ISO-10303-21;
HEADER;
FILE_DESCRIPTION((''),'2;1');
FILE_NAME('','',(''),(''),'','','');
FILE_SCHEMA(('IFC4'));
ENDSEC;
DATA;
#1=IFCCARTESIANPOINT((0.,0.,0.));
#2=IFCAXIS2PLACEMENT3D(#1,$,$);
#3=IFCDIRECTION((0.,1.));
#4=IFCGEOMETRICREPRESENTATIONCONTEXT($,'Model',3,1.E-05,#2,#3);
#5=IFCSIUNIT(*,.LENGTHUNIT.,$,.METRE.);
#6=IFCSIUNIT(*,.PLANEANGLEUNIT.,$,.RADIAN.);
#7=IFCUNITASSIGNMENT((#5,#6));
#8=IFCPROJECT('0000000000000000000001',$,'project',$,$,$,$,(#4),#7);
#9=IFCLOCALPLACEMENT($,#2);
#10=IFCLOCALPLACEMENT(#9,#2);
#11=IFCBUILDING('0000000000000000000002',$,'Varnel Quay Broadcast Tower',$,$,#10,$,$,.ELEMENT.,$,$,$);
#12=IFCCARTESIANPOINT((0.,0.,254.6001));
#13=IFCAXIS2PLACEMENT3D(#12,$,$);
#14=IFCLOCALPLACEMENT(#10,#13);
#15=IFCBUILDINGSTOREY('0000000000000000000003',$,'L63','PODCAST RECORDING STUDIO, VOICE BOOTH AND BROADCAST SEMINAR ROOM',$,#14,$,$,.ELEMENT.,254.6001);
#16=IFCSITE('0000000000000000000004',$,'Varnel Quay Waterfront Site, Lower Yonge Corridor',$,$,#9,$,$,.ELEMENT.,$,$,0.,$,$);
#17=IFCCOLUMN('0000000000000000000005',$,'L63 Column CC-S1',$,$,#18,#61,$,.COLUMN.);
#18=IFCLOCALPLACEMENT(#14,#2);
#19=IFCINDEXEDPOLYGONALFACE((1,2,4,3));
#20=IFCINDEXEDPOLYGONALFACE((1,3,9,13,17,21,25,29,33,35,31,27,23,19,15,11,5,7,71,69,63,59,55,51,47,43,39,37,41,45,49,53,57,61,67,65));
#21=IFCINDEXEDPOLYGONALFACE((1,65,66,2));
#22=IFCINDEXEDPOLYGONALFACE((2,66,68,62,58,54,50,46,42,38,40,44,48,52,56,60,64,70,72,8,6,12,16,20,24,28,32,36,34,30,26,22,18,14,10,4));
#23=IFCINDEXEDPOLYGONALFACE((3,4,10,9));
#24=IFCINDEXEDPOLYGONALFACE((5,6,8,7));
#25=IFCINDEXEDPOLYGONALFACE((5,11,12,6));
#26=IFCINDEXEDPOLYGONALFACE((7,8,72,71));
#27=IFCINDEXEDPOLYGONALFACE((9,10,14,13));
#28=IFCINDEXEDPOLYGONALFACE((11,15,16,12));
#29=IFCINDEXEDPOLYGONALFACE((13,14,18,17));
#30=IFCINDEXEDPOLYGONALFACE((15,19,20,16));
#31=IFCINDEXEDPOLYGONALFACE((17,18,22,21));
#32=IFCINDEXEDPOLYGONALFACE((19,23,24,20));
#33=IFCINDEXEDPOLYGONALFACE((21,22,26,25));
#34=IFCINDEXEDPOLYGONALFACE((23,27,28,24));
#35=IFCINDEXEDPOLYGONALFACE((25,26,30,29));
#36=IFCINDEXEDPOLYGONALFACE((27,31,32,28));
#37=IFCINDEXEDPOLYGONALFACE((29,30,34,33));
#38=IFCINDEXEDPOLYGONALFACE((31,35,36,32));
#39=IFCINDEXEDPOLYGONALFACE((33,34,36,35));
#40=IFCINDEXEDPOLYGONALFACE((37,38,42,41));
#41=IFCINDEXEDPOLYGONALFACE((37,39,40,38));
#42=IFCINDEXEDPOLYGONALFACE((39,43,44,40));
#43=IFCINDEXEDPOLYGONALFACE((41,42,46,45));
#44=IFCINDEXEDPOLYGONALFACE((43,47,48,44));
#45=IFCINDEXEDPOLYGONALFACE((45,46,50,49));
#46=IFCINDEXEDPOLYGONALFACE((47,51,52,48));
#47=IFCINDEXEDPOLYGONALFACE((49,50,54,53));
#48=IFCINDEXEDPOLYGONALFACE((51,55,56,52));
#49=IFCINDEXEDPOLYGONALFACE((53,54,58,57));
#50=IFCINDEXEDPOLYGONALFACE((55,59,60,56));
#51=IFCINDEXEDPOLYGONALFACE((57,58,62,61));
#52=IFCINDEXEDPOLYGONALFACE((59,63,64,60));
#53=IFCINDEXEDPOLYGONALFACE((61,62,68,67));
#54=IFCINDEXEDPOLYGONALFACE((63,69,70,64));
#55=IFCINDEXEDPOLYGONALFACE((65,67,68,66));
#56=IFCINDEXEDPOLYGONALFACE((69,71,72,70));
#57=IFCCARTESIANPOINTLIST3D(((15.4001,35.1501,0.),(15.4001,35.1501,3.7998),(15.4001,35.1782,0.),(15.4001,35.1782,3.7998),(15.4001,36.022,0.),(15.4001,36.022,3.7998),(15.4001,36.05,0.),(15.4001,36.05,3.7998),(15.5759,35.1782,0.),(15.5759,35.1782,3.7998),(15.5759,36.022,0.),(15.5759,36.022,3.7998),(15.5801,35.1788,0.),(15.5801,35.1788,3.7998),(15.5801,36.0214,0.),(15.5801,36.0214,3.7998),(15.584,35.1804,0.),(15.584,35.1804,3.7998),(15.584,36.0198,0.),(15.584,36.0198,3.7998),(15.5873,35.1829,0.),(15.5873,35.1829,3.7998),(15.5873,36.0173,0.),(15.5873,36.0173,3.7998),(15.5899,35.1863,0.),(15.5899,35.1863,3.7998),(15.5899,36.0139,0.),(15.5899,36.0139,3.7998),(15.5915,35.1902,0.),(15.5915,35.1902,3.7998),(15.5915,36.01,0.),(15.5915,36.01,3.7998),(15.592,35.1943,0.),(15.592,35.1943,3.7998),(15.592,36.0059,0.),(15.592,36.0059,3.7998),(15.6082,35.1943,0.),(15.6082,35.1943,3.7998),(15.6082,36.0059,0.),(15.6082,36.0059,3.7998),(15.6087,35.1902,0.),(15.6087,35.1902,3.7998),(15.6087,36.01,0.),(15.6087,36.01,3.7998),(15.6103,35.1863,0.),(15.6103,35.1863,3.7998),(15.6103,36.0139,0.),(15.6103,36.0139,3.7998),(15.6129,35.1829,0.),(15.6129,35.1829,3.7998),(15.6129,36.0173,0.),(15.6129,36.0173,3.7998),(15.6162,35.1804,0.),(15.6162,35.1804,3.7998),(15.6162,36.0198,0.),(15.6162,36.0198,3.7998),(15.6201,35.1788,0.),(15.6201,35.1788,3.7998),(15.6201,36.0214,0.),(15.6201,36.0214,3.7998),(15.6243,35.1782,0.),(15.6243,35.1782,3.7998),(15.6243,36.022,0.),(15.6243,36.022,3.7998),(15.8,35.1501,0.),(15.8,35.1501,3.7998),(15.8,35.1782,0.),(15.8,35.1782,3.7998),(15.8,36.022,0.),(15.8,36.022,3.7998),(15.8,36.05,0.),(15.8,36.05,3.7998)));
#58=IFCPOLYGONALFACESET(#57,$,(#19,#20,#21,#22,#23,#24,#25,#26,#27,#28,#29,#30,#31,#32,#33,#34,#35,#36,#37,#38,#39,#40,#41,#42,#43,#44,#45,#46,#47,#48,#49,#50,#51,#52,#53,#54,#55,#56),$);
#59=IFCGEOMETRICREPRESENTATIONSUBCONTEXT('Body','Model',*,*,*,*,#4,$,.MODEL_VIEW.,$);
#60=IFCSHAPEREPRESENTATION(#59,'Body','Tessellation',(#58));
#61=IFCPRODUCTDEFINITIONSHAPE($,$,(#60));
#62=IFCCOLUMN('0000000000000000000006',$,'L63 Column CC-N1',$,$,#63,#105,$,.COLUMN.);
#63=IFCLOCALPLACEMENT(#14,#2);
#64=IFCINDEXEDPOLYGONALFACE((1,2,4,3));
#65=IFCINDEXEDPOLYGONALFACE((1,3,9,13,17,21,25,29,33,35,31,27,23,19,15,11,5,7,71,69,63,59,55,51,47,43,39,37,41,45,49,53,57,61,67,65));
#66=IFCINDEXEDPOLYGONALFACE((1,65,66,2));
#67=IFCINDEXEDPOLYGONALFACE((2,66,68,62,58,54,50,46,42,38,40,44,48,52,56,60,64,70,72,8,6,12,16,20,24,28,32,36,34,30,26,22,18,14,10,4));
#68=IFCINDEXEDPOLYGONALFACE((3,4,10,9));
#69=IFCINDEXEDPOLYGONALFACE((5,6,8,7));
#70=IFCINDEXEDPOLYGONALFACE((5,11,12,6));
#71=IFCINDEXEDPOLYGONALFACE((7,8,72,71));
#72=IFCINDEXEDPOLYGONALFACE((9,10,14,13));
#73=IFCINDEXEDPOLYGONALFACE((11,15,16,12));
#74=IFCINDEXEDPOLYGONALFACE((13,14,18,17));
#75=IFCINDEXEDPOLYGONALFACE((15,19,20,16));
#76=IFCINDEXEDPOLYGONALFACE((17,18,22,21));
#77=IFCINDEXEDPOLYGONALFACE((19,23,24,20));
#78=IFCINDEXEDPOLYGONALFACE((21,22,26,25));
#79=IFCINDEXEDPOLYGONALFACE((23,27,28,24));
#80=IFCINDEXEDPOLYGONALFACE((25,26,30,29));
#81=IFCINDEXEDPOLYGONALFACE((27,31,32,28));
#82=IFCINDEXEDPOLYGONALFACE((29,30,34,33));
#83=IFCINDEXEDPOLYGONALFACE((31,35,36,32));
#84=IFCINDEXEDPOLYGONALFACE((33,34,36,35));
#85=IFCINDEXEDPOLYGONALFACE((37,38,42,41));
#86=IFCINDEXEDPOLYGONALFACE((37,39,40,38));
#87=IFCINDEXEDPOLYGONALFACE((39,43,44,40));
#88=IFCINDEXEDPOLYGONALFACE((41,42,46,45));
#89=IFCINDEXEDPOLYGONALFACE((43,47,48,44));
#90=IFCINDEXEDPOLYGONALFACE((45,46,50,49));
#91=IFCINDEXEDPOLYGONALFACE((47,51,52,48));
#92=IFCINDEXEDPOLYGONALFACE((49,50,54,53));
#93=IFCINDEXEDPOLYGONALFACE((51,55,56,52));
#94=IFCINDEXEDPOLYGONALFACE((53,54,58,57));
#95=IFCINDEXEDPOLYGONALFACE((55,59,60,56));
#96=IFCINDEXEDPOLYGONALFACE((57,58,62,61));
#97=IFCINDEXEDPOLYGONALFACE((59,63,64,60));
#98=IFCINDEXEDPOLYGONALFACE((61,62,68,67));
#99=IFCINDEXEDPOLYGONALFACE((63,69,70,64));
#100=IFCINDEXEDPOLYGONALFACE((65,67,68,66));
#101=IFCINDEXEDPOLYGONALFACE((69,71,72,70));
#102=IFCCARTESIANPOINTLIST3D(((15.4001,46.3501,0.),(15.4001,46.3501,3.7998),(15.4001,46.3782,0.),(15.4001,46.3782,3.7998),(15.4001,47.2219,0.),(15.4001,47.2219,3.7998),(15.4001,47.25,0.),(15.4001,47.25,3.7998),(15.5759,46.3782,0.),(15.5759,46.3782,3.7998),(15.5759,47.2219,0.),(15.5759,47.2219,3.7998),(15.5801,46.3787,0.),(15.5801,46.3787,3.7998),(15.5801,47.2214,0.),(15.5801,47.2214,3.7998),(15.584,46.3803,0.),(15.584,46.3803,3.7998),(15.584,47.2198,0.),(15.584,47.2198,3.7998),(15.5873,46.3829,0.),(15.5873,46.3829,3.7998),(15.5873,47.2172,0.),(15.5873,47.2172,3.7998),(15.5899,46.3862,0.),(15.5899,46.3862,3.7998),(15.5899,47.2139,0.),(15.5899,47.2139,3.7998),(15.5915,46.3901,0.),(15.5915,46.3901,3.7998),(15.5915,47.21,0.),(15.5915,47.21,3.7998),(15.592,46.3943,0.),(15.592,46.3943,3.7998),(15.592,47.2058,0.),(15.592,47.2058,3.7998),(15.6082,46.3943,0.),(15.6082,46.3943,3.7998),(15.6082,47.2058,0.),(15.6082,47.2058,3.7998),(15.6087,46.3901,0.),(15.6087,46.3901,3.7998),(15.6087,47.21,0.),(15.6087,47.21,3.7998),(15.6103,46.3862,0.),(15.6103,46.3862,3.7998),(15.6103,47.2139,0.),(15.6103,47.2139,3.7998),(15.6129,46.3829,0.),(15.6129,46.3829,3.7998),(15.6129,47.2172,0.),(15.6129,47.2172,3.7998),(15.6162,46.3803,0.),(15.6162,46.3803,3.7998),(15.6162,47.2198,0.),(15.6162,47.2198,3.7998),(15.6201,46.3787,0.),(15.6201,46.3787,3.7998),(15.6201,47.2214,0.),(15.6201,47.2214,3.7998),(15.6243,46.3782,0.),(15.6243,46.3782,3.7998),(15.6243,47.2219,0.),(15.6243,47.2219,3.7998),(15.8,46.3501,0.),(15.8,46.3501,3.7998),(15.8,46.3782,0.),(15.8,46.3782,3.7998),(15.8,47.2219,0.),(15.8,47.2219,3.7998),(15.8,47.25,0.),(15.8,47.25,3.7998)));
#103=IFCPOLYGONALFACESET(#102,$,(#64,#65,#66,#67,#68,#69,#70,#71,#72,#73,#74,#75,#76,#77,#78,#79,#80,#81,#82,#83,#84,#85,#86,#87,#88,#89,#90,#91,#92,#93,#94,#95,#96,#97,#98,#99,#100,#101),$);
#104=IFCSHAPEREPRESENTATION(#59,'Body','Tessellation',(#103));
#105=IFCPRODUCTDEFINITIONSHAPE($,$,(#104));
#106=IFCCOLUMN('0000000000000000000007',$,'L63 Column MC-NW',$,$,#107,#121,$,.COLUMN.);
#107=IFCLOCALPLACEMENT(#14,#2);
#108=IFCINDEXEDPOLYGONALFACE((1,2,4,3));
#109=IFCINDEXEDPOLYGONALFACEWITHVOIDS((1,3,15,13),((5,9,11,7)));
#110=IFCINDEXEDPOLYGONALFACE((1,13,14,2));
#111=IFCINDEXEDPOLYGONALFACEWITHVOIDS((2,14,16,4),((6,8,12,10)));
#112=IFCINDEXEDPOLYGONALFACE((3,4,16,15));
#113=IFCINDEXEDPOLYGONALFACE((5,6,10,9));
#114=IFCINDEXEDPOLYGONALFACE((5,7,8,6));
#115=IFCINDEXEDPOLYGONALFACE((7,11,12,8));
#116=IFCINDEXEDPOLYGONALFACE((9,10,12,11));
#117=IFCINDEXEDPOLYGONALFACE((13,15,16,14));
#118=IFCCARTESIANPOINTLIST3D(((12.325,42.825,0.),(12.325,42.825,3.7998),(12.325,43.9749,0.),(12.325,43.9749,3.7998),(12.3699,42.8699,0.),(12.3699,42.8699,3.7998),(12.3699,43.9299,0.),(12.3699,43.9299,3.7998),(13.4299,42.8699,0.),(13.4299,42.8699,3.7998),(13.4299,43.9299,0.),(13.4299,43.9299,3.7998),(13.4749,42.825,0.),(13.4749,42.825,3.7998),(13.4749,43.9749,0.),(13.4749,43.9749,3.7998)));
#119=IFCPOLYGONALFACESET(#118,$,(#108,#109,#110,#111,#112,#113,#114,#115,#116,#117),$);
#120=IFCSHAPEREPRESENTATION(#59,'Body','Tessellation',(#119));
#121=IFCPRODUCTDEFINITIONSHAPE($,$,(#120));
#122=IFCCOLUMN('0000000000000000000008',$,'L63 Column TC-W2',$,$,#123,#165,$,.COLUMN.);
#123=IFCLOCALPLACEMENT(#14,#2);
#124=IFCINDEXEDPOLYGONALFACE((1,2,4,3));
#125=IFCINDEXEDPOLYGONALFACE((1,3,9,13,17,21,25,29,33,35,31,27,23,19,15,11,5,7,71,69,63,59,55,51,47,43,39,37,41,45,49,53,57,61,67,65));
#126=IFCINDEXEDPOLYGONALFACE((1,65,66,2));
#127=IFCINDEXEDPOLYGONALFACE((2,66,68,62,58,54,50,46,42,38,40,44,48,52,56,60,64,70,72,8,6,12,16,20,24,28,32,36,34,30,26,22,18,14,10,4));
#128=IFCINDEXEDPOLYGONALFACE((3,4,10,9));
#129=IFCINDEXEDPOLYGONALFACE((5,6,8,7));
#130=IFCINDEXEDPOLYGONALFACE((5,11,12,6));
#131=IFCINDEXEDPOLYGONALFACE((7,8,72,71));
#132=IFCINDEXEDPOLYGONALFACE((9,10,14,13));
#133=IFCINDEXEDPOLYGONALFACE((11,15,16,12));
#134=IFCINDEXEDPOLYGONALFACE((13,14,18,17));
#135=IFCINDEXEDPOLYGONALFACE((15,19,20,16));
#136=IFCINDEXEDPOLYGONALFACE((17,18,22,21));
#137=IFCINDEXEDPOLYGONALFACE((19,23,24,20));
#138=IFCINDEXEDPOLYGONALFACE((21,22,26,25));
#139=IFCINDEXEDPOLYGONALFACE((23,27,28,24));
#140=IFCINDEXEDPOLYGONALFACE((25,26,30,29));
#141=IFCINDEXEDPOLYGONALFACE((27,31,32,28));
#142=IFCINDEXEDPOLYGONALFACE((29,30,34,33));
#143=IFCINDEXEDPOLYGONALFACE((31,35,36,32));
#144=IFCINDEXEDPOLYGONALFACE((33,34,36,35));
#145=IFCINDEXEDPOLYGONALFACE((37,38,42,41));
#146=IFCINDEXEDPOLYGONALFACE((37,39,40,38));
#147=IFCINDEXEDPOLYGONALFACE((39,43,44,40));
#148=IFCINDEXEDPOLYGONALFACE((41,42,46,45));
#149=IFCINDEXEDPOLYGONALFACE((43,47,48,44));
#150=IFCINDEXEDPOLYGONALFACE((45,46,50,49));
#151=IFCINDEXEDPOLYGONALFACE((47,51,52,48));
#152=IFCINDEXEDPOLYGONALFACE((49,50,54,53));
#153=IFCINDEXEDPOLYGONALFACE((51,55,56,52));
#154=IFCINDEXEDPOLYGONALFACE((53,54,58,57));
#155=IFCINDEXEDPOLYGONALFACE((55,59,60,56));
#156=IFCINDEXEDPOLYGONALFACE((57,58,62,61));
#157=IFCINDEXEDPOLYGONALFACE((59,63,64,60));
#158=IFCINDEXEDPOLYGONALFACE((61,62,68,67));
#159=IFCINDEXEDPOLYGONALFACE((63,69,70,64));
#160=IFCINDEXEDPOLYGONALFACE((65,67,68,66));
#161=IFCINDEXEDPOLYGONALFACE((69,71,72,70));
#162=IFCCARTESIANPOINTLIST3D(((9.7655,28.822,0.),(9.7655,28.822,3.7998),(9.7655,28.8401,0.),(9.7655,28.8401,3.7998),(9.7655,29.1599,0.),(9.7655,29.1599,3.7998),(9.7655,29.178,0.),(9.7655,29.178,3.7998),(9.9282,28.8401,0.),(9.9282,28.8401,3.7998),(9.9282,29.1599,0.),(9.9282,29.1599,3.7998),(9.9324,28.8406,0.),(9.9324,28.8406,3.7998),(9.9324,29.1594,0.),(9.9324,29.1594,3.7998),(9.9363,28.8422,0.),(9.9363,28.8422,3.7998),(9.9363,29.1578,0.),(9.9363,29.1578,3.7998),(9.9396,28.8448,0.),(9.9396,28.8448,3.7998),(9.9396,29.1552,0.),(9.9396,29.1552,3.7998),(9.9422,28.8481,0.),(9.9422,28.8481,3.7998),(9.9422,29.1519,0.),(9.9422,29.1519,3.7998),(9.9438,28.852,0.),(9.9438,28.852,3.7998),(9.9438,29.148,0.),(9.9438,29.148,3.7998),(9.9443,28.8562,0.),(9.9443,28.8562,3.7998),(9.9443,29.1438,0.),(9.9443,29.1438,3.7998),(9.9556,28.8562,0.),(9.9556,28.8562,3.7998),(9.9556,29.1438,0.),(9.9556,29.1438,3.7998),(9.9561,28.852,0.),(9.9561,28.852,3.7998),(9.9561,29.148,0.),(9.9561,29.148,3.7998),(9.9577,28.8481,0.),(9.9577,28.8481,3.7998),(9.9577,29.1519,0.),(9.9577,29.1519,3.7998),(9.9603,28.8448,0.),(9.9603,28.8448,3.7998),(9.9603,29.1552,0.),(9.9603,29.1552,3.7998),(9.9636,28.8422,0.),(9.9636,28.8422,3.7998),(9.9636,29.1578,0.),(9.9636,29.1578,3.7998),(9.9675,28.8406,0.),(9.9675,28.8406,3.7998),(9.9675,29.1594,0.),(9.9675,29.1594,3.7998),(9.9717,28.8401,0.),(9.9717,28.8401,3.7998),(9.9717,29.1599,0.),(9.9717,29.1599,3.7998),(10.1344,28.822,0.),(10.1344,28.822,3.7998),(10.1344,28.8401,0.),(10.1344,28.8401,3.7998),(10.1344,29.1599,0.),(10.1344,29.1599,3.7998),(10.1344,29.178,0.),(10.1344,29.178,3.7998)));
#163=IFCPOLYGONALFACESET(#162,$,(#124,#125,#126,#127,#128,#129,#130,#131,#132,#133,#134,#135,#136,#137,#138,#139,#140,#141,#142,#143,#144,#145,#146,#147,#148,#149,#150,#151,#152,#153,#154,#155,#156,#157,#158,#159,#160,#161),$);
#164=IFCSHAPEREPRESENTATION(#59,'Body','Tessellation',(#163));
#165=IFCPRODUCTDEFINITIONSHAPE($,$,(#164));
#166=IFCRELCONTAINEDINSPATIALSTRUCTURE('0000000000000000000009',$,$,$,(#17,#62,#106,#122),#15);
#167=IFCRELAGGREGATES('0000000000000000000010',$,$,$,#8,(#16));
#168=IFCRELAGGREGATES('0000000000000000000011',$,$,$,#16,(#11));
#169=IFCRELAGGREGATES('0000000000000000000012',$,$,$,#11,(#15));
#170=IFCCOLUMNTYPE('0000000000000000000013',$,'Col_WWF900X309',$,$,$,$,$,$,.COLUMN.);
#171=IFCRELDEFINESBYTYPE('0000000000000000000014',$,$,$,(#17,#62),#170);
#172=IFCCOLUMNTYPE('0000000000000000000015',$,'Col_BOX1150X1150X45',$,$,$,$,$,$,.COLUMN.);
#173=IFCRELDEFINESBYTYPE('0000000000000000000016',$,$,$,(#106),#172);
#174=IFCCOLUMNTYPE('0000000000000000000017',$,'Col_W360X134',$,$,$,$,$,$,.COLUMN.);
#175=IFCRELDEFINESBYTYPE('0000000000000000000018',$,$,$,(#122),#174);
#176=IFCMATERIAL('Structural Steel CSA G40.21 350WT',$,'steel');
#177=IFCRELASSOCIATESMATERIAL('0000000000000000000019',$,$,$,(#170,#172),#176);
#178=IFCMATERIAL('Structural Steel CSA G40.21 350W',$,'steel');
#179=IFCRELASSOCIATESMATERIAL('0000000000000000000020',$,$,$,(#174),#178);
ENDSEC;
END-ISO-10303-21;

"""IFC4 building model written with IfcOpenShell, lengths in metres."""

from ifc_helpers import new_model, si_unit, direction, frame, origin, origin_2d, place, context, subcontext, project, spatial, hollow_rectangle, i_section, extrude, source, transform, mapped, material, material_profile, profile_set, type_object, type_shapes, element, save


model = new_model("IFC4")

# Units and contexts
model_context = context("Model", 3, precision=1e-05, world=origin(), true_north=direction((0.0, 1.0)))
body_context = subcontext(model_context, "Body", "Model", "MODEL_VIEW")
ifc_project = project(units=[si_unit("LENGTHUNIT", "METRE"), si_unit("PLANEANGLEUNIT", "RADIAN")], contexts=[model_context])

# Site, building, storey
site_placement = place(None, origin())
site = spatial("IfcSite", under=ifc_project, at=site_placement, Name="Varnel Quay Waterfront Site, Lower Yonge Corridor", CompositionType="ELEMENT", RefElevation=0.0)
building_placement = place(site_placement, origin())
building = spatial("IfcBuilding", under=site, at=building_placement, Name="Varnel Quay Broadcast Tower", CompositionType="ELEMENT")
storey_placement = place(building_placement, frame((0.0, 0.0, 254.6001)))
storey = spatial("IfcBuildingStorey", under=building, at=storey_placement, Name="L63", Description="PODCAST RECORDING STUDIO, VOICE BOOTH AND BROADCAST SEMINAR ROOM", CompositionType="ELEMENT", Elevation=254.6001)

# Columns
ifc_material_1 = material(Name="Structural Steel CSA G40.21 350WT", Category="steel")
ifc_material_profile_1 = material_profile(ifc_material_1, i_section(OverallWidth=0.3999, OverallDepth=0.8999, WebThickness=0.0161, FlangeThickness=0.0281, FilletRadius=0.0161, at=origin_2d()), Name="WWF900X309")
ifc_profile_set_1 = profile_set([ifc_material_profile_1], Name="Structural Steel CSA G40.21 350WT")
column_type_1 = type_object("IfcColumnType", Name="Col_WWF900X309", PredefinedType="COLUMN", material=ifc_profile_set_1)
shared_shape_1 = source(origin(), body_context, "Body", "SweptSolid", [
    extrude(i_section(OverallWidth=0.3999, OverallDepth=0.8999, WebThickness=0.0161, FlangeThickness=0.0281, FilletRadius=0.0161, at=origin_2d()), origin(), (0.0, 0.0, 1.0), 3.7998),
])
type_shapes(column_type_1, [shared_shape_1])
for number, where, z_axis, x_axis, name in (
    (1, (15.6001, 35.6001, 0.0), (0.0, 0.0, 1.0), (1.0, 0.0, 0.0), "L63 Column CC-S1"),
    (2, (15.6001, 46.8, 0.0), (0.0, 0.0, 1.0), (1.0, 0.0, 0.0), "L63 Column CC-N1"),
):
    element("IfcColumn", number, at=place(storey_placement, frame(where, z_axis=z_axis, x_axis=x_axis)), inside=storey, type_object=column_type_1, Name=name, PredefinedType="COLUMN", context=body_context, shape_type="MappedRepresentation", body=[
        mapped(shared_shape_1, transform((0.0, 0.0, 0.0), x_axis=(1.0, 0.0, 0.0), y_axis=(0.0, 1.0, 0.0), z_axis=(0.0, 0.0, 1.0), scale=1.0)),
    ])
ifc_material_profile_2 = material_profile(ifc_material_1, hollow_rectangle(XDim=1.1499, YDim=1.1499, WallThickness=0.0449, at=origin_2d()), Name="BOX1150X1150X45")
ifc_profile_set_2 = profile_set([ifc_material_profile_2], Name="Structural Steel CSA G40.21 350WT")
column_type_2 = type_object("IfcColumnType", Name="Col_BOX1150X1150X45", PredefinedType="COLUMN", material=ifc_profile_set_2)
shared_shape_2 = source(origin(), body_context, "Body", "SweptSolid", [
    extrude(hollow_rectangle(XDim=1.1499, YDim=1.1499, WallThickness=0.0449, at=origin_2d()), origin(), (0.0, 0.0, 1.0), 3.7998),
])
type_shapes(column_type_2, [shared_shape_2])
column_placement = place(storey_placement, frame((12.8999, 43.3999, 0.0), z_axis=(0.0, 0.0, 1.0), x_axis=(1.0, 0.0, 0.0)))
element("IfcColumn", 3, at=column_placement, inside=storey, type_object=column_type_2, Name="L63 Column MC-NW", PredefinedType="COLUMN", context=body_context, shape_type="MappedRepresentation", body=[
    mapped(shared_shape_2, transform((0.0, 0.0, 0.0), x_axis=(1.0, 0.0, 0.0), y_axis=(0.0, 1.0, 0.0), z_axis=(0.0, 0.0, 1.0), scale=1.0)),
])
ifc_material_2 = material(Name="Structural Steel CSA G40.21 350W", Category="steel")
ifc_material_profile_3 = material_profile(ifc_material_2, i_section(OverallWidth=0.3689, OverallDepth=0.356, WebThickness=0.0112, FlangeThickness=0.0181, FilletRadius=0.0161, at=origin_2d()), Name="W360X134")
ifc_profile_set_3 = profile_set([ifc_material_profile_3], Name="Structural Steel CSA G40.21 350W")
column_type_3 = type_object("IfcColumnType", Name="Col_W360X134", PredefinedType="COLUMN", material=ifc_profile_set_3)
shared_shape_3 = source(origin(), body_context, "Body", "SweptSolid", [
    extrude(i_section(OverallWidth=0.3689, OverallDepth=0.356, WebThickness=0.0112, FlangeThickness=0.0181, FilletRadius=0.0161, at=origin_2d()), origin(), (0.0, 0.0, 1.0), 3.7998),
])
type_shapes(column_type_3, [shared_shape_3])
for number, where, z_axis, x_axis, name in (
    (4, (9.95, 29.0, 0.0), (0.0, 0.0, 1.0), (1.0, 0.0, 0.0), "L63 Column TC-W2"),
):
    element("IfcColumn", number, at=place(storey_placement, frame(where, z_axis=z_axis, x_axis=x_axis)), inside=storey, type_object=column_type_3, Name=name, PredefinedType="COLUMN", context=body_context, shape_type="MappedRepresentation", body=[
        mapped(shared_shape_3, transform((0.0, 0.0, 0.0), x_axis=(1.0, 0.0, 0.0), y_axis=(0.0, 1.0, 0.0), z_axis=(0.0, 0.0, 1.0), scale=1.0)),
    ])

save(model, "model.ifc")
